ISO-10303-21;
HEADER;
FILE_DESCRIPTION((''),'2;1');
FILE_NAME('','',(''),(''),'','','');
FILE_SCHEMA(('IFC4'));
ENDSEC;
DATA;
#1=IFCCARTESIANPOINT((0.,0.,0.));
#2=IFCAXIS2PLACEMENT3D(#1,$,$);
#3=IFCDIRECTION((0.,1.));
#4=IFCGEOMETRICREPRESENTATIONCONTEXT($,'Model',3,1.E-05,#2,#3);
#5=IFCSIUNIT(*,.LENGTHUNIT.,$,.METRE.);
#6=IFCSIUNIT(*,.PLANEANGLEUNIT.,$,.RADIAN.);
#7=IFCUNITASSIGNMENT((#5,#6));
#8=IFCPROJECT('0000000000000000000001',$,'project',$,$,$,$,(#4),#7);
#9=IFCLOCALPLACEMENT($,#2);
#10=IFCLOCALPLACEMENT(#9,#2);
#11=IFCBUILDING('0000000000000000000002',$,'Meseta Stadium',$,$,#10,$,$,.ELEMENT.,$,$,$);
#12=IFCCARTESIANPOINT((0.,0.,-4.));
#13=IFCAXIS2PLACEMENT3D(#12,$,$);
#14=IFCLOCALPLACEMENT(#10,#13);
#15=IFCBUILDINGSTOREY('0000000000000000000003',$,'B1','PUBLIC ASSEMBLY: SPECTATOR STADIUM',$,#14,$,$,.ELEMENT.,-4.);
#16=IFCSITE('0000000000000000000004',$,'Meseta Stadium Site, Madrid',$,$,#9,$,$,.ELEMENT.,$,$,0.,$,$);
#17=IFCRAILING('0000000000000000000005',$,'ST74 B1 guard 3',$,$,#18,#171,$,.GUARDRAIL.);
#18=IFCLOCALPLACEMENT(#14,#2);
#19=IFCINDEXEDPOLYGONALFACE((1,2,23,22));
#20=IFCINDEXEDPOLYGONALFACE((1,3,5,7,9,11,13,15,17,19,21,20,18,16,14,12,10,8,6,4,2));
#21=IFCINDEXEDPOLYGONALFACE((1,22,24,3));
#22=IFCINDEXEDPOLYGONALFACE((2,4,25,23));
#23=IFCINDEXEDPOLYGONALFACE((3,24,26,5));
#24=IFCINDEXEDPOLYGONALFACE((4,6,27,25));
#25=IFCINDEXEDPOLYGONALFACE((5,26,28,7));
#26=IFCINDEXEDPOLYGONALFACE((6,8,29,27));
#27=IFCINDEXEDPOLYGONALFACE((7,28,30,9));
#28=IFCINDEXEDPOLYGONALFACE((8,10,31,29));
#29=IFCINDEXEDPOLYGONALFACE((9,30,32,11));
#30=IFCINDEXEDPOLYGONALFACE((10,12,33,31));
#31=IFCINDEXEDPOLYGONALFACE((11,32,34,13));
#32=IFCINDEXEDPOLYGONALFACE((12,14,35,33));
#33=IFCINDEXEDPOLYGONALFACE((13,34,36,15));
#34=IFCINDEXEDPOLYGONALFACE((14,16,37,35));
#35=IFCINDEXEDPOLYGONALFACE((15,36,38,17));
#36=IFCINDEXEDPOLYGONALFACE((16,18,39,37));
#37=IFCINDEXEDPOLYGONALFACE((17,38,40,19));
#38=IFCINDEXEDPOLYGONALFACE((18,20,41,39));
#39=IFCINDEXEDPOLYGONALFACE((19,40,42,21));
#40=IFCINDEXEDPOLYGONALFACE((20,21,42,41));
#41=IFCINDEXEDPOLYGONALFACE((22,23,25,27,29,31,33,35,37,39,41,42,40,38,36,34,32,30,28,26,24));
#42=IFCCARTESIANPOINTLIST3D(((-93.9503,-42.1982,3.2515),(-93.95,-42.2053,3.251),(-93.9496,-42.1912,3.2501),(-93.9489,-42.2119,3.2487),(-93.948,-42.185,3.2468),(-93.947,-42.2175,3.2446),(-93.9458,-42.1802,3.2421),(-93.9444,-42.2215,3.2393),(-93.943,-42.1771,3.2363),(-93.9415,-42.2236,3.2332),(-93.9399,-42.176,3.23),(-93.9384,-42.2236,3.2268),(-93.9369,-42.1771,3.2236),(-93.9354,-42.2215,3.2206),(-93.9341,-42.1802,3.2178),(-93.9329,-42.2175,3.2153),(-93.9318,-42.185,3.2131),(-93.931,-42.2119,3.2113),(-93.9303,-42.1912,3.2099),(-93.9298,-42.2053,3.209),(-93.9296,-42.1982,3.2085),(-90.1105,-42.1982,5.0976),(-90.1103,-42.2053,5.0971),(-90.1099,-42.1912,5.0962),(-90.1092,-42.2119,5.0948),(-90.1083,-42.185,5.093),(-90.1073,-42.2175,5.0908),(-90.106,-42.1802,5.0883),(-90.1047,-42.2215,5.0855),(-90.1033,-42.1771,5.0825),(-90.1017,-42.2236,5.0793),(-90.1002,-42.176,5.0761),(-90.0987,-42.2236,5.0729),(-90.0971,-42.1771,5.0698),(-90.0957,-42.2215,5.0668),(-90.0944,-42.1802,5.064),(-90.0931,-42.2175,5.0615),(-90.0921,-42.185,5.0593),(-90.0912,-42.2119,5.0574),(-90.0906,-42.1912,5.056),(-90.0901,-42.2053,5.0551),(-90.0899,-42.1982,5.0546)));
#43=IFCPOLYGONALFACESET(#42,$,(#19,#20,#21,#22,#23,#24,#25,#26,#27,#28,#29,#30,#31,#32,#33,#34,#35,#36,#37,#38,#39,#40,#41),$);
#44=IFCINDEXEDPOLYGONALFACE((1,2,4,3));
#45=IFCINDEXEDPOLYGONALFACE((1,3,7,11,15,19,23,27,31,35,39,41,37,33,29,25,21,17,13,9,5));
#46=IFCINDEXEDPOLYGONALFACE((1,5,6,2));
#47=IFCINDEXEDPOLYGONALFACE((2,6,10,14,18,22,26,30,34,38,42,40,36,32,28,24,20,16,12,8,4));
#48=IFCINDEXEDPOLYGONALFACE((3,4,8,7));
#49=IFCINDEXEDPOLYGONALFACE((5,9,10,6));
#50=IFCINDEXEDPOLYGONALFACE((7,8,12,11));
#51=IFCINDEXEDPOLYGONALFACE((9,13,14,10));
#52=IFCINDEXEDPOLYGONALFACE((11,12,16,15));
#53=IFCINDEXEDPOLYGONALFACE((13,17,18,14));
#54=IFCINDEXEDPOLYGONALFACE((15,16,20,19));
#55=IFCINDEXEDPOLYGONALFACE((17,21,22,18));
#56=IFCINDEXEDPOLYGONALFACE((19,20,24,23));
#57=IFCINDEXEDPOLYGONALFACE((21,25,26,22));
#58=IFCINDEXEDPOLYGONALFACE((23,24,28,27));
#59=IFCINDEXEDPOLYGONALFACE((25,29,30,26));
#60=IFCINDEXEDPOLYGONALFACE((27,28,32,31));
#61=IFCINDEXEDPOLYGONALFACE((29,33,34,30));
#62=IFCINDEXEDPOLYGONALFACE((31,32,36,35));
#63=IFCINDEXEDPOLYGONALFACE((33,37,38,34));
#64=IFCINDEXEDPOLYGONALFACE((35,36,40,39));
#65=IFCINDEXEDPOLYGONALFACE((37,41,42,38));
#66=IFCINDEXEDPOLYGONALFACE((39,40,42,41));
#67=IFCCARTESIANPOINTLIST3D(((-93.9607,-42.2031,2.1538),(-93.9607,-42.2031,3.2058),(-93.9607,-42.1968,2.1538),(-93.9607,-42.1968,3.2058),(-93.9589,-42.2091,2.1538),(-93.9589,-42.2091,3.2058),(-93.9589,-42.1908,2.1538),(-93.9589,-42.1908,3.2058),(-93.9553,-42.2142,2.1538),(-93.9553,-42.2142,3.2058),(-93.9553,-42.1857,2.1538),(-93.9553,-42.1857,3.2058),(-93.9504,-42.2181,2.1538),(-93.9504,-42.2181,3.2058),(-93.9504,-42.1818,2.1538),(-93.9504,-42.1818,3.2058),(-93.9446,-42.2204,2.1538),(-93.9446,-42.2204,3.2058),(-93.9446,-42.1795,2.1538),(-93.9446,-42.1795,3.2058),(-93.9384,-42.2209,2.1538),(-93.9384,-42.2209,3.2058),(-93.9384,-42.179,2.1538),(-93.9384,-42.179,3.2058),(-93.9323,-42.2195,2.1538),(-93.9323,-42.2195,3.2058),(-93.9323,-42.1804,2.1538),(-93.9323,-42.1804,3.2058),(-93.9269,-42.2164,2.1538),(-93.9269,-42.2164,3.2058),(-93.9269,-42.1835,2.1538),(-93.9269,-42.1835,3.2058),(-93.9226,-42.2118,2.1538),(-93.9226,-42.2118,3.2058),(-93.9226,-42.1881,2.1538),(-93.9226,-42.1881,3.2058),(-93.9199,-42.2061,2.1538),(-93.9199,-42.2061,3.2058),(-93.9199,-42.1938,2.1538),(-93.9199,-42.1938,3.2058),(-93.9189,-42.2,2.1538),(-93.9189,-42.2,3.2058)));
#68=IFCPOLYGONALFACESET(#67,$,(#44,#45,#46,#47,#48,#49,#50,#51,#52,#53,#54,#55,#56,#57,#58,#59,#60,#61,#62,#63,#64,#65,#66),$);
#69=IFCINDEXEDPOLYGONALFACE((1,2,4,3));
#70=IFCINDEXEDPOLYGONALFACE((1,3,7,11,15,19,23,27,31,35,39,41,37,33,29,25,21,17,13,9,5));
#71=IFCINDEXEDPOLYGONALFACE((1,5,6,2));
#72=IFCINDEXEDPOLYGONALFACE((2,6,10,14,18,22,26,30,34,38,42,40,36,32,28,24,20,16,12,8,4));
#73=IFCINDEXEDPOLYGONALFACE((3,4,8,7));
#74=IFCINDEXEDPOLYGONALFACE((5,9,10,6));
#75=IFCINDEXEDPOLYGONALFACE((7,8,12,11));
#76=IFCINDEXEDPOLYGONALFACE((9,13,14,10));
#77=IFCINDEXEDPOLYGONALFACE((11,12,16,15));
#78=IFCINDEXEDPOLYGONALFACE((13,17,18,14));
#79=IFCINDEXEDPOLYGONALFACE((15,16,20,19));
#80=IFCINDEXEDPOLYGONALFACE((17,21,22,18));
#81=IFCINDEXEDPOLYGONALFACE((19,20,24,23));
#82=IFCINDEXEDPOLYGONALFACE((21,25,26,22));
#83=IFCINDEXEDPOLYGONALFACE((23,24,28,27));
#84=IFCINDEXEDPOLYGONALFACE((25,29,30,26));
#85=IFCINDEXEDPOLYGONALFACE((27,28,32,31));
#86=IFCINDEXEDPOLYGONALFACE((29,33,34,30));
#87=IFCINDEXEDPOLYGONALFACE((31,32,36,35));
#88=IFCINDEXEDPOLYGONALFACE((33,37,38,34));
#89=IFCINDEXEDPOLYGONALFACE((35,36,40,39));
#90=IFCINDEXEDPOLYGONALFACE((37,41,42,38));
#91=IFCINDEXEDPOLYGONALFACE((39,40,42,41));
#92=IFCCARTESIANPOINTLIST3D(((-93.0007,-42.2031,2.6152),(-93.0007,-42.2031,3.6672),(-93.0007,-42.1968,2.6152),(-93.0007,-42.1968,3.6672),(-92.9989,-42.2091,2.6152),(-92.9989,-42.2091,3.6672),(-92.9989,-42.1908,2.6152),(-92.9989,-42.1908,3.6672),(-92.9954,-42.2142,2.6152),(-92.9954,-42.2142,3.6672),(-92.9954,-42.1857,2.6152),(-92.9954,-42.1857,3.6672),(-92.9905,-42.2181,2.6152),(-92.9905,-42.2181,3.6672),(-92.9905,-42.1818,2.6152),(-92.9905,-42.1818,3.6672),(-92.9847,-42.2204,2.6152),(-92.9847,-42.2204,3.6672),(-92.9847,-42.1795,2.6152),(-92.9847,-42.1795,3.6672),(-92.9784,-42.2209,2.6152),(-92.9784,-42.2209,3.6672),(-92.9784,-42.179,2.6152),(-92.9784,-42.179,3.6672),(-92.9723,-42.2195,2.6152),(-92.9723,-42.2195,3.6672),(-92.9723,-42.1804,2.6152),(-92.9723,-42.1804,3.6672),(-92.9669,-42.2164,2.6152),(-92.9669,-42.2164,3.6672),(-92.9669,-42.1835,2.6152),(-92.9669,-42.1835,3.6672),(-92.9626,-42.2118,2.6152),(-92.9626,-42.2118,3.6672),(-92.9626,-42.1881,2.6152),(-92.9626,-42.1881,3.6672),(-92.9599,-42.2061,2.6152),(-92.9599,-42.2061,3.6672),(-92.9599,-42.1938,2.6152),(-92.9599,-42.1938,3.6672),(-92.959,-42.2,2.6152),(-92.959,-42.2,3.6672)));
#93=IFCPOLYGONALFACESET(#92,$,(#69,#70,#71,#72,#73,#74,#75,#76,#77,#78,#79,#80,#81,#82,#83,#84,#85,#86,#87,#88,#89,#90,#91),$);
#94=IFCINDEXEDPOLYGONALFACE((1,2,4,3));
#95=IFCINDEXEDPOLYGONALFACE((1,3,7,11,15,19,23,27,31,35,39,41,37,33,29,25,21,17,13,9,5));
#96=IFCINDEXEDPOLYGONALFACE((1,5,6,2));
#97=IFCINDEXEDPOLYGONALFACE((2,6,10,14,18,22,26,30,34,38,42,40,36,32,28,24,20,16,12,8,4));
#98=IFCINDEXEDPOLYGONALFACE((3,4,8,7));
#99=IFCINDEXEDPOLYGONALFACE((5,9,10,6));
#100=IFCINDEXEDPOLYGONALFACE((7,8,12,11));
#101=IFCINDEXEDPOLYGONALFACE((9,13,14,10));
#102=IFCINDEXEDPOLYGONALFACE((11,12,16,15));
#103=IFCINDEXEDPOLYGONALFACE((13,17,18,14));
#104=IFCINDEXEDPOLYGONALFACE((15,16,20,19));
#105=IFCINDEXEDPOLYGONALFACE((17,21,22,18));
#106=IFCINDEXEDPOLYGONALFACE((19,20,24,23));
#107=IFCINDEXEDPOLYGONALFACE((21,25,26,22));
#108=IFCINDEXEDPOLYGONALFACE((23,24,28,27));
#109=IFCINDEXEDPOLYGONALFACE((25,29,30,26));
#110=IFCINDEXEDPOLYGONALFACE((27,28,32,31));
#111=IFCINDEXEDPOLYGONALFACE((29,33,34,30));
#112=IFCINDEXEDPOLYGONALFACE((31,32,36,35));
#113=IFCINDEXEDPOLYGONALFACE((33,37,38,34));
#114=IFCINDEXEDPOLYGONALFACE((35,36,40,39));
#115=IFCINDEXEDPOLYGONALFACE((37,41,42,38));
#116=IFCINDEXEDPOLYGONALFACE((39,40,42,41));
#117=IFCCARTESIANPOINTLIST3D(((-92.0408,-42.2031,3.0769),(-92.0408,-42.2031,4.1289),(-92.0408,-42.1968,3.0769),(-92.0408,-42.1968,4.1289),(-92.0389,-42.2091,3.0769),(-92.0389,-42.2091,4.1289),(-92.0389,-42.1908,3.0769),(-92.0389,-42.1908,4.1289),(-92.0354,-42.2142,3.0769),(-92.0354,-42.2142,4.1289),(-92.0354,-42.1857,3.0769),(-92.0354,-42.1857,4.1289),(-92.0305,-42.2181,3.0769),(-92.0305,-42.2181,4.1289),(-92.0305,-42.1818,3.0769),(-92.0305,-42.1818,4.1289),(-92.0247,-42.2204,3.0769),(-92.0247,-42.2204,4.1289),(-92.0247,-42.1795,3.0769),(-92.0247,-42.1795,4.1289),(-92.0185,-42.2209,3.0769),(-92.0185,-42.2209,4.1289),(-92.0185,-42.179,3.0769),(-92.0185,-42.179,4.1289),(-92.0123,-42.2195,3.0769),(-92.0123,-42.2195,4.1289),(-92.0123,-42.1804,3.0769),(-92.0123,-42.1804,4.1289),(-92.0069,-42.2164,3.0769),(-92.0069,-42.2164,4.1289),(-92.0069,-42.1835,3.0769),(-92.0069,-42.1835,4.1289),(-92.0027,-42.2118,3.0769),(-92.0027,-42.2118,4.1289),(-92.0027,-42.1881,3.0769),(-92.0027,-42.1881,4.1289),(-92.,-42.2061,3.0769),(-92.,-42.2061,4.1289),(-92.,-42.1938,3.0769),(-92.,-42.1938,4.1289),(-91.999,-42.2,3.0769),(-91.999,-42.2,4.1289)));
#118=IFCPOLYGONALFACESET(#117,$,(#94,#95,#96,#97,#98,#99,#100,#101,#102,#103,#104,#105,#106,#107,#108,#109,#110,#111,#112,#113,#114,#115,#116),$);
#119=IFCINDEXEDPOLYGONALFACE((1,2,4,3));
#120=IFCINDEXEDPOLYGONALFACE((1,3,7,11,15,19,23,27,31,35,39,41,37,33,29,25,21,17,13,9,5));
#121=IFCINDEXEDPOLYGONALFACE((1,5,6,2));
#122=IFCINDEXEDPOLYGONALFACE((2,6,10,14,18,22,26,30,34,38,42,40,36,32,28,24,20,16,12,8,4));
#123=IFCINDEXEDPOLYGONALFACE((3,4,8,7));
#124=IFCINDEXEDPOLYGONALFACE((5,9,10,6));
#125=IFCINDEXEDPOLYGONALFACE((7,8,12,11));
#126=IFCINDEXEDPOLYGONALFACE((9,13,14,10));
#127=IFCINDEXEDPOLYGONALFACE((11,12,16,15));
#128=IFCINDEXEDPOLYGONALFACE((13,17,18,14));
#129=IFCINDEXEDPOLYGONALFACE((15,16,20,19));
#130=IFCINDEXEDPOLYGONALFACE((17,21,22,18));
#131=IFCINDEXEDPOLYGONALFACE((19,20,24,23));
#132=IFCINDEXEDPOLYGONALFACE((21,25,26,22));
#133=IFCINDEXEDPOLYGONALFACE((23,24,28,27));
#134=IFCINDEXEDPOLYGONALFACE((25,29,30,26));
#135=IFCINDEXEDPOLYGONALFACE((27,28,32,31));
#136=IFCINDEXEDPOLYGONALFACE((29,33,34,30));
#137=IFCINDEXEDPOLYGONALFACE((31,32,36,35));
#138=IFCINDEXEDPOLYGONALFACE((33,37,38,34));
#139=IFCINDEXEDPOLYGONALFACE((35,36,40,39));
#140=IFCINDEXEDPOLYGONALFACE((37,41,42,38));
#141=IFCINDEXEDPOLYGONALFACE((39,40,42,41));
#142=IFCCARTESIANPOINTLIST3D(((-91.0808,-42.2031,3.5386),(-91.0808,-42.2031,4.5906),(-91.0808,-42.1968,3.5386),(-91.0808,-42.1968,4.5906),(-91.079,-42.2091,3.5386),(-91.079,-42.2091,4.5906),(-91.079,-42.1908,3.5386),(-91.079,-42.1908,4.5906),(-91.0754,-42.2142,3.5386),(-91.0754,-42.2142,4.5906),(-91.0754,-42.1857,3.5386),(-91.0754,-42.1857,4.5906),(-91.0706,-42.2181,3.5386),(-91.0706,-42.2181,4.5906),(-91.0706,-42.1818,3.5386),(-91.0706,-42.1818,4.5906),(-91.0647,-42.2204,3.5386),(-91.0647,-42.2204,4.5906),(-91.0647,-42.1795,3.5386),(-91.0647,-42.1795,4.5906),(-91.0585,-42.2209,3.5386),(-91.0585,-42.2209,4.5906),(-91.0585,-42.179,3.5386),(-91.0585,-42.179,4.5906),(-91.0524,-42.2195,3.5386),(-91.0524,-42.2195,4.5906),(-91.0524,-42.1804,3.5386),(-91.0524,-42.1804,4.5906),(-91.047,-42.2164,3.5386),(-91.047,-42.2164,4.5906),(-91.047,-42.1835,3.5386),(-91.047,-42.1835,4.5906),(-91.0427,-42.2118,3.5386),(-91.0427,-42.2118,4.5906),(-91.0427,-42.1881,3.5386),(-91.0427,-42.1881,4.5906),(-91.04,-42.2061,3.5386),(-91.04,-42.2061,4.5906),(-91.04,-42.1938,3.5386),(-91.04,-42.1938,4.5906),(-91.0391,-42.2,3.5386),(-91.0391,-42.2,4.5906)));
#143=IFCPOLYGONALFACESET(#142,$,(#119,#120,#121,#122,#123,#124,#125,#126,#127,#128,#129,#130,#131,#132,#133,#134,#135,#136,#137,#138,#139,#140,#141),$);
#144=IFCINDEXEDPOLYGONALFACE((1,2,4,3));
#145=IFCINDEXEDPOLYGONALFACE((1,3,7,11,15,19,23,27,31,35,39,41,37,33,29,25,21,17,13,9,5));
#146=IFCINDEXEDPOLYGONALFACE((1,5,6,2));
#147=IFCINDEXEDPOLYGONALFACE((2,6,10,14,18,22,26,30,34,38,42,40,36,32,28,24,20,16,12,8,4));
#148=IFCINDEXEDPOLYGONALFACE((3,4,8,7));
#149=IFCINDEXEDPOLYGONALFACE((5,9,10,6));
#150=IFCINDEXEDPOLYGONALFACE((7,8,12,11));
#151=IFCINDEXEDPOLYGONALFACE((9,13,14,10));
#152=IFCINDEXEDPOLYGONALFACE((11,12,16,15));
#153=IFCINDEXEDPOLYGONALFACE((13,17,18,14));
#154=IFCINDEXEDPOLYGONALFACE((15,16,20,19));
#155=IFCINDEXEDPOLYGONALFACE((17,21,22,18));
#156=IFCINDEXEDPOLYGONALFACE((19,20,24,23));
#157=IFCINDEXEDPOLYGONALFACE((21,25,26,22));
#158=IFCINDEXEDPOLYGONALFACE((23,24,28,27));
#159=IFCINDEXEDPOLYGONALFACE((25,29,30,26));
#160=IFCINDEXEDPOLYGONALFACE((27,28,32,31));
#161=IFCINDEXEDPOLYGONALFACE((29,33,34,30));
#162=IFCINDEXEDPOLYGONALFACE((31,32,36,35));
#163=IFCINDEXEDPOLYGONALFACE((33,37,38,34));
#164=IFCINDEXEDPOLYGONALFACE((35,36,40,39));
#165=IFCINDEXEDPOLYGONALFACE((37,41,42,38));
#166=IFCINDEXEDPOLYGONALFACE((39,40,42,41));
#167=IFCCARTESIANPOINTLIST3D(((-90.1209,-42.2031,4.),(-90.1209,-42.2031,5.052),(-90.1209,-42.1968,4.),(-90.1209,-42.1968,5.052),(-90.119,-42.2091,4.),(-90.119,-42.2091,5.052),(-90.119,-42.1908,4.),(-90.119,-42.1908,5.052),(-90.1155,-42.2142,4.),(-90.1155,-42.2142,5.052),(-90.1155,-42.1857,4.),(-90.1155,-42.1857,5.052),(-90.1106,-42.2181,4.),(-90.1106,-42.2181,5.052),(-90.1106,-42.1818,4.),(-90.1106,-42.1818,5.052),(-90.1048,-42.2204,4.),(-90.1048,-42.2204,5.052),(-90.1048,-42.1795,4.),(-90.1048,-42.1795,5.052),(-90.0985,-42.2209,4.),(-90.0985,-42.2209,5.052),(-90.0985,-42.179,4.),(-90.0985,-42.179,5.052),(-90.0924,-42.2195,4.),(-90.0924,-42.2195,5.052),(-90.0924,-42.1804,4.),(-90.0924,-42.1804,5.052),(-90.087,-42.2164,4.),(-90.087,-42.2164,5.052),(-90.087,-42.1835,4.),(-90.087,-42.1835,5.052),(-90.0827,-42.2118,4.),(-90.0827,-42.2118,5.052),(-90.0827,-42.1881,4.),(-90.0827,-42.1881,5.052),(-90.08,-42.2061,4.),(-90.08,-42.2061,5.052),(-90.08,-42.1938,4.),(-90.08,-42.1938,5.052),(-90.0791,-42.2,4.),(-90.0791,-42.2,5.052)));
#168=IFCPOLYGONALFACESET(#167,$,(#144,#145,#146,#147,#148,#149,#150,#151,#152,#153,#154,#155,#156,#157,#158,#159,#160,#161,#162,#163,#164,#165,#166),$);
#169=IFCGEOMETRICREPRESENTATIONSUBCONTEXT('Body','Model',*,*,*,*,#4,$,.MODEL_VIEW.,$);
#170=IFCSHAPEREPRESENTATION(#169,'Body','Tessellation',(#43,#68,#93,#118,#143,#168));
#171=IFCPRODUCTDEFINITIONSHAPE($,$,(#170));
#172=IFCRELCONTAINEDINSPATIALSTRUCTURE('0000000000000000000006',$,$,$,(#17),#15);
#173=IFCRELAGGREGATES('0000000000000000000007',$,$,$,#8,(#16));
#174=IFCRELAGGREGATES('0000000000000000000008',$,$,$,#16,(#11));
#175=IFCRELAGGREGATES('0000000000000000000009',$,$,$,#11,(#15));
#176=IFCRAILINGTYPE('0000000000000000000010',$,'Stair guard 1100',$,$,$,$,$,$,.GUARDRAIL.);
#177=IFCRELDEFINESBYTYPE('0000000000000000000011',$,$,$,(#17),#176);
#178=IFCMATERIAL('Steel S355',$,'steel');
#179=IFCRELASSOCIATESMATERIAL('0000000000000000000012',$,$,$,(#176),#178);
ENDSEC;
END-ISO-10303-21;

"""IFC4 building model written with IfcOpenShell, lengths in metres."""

from ifc_helpers import new_model, si_unit, direction, frame, origin, origin_2d, place, context, subcontext, project, spatial, circle, extrude, material, type_object, element, save


model = new_model("IFC4")

# Units and contexts
model_context = context("Model", 3, precision=1e-05, world=origin(), true_north=direction((0.0, 1.0)))
body_context = subcontext(model_context, "Body", "Model", "MODEL_VIEW")
ifc_project = project(units=[si_unit("LENGTHUNIT", "METRE"), si_unit("PLANEANGLEUNIT", "RADIAN")], contexts=[model_context])

# Site, building, storey
site_placement = place(None, origin())
site = spatial("IfcSite", under=ifc_project, at=site_placement, Name="Meseta Stadium Site, Madrid", CompositionType="ELEMENT", RefElevation=0.0)
building_placement = place(site_placement, origin())
building = spatial("IfcBuilding", under=site, at=building_placement, Name="Meseta Stadium", CompositionType="ELEMENT")
storey_placement = place(building_placement, frame((0.0, 0.0, -4.0)))
storey = spatial("IfcBuildingStorey", under=building, at=storey_placement, Name="B1", Description="PUBLIC ASSEMBLY: SPECTATOR STADIUM", CompositionType="ELEMENT", Elevation=-4.0)

# Railing
ifc_material_1 = material(Name="Steel S355", Category="steel")
railing_type_1 = type_object("IfcRailingType", Name="Stair guard 1100", PredefinedType="GUARDRAIL", material=ifc_material_1)
railing_1_placement = place(storey_placement, frame((-93.9399, -42.2, 2.1538)))
element("IfcRailing", 1, at=railing_1_placement, inside=storey, type_object=railing_type_1, Name="ST74 B1 guard 3", PredefinedType="GUARDRAIL", context=body_context, shape_type="SweptSolid", body=[
    extrude(circle(Radius=0.0239, at=origin_2d()), frame((0.0, 0.0, 1.0762), z_axis=(0.901242, 0.0, 0.433316), x_axis=(0.0, 1.0, 0.0)), (0.0, 0.0, 1.0), 4.2605),
    extrude(circle(Radius=0.021, at=origin_2d()), origin(), (0.0, 0.0, 1.0), 1.052),
    extrude(circle(Radius=0.021, at=origin_2d()), frame((0.96, 0.0, 0.4614)), (0.0, 0.0, 1.0), 1.052),
    extrude(circle(Radius=0.021, at=origin_2d()), frame((1.9199, 0.0, 0.9231)), (0.0, 0.0, 1.0), 1.052),
    extrude(circle(Radius=0.021, at=origin_2d()), frame((2.8799, 0.0, 1.3848)), (0.0, 0.0, 1.0), 1.052),
    extrude(circle(Radius=0.021, at=origin_2d()), frame((3.8398, 0.0, 1.8462)), (0.0, 0.0, 1.0), 1.052),
])

save(model, "model.ifc")
